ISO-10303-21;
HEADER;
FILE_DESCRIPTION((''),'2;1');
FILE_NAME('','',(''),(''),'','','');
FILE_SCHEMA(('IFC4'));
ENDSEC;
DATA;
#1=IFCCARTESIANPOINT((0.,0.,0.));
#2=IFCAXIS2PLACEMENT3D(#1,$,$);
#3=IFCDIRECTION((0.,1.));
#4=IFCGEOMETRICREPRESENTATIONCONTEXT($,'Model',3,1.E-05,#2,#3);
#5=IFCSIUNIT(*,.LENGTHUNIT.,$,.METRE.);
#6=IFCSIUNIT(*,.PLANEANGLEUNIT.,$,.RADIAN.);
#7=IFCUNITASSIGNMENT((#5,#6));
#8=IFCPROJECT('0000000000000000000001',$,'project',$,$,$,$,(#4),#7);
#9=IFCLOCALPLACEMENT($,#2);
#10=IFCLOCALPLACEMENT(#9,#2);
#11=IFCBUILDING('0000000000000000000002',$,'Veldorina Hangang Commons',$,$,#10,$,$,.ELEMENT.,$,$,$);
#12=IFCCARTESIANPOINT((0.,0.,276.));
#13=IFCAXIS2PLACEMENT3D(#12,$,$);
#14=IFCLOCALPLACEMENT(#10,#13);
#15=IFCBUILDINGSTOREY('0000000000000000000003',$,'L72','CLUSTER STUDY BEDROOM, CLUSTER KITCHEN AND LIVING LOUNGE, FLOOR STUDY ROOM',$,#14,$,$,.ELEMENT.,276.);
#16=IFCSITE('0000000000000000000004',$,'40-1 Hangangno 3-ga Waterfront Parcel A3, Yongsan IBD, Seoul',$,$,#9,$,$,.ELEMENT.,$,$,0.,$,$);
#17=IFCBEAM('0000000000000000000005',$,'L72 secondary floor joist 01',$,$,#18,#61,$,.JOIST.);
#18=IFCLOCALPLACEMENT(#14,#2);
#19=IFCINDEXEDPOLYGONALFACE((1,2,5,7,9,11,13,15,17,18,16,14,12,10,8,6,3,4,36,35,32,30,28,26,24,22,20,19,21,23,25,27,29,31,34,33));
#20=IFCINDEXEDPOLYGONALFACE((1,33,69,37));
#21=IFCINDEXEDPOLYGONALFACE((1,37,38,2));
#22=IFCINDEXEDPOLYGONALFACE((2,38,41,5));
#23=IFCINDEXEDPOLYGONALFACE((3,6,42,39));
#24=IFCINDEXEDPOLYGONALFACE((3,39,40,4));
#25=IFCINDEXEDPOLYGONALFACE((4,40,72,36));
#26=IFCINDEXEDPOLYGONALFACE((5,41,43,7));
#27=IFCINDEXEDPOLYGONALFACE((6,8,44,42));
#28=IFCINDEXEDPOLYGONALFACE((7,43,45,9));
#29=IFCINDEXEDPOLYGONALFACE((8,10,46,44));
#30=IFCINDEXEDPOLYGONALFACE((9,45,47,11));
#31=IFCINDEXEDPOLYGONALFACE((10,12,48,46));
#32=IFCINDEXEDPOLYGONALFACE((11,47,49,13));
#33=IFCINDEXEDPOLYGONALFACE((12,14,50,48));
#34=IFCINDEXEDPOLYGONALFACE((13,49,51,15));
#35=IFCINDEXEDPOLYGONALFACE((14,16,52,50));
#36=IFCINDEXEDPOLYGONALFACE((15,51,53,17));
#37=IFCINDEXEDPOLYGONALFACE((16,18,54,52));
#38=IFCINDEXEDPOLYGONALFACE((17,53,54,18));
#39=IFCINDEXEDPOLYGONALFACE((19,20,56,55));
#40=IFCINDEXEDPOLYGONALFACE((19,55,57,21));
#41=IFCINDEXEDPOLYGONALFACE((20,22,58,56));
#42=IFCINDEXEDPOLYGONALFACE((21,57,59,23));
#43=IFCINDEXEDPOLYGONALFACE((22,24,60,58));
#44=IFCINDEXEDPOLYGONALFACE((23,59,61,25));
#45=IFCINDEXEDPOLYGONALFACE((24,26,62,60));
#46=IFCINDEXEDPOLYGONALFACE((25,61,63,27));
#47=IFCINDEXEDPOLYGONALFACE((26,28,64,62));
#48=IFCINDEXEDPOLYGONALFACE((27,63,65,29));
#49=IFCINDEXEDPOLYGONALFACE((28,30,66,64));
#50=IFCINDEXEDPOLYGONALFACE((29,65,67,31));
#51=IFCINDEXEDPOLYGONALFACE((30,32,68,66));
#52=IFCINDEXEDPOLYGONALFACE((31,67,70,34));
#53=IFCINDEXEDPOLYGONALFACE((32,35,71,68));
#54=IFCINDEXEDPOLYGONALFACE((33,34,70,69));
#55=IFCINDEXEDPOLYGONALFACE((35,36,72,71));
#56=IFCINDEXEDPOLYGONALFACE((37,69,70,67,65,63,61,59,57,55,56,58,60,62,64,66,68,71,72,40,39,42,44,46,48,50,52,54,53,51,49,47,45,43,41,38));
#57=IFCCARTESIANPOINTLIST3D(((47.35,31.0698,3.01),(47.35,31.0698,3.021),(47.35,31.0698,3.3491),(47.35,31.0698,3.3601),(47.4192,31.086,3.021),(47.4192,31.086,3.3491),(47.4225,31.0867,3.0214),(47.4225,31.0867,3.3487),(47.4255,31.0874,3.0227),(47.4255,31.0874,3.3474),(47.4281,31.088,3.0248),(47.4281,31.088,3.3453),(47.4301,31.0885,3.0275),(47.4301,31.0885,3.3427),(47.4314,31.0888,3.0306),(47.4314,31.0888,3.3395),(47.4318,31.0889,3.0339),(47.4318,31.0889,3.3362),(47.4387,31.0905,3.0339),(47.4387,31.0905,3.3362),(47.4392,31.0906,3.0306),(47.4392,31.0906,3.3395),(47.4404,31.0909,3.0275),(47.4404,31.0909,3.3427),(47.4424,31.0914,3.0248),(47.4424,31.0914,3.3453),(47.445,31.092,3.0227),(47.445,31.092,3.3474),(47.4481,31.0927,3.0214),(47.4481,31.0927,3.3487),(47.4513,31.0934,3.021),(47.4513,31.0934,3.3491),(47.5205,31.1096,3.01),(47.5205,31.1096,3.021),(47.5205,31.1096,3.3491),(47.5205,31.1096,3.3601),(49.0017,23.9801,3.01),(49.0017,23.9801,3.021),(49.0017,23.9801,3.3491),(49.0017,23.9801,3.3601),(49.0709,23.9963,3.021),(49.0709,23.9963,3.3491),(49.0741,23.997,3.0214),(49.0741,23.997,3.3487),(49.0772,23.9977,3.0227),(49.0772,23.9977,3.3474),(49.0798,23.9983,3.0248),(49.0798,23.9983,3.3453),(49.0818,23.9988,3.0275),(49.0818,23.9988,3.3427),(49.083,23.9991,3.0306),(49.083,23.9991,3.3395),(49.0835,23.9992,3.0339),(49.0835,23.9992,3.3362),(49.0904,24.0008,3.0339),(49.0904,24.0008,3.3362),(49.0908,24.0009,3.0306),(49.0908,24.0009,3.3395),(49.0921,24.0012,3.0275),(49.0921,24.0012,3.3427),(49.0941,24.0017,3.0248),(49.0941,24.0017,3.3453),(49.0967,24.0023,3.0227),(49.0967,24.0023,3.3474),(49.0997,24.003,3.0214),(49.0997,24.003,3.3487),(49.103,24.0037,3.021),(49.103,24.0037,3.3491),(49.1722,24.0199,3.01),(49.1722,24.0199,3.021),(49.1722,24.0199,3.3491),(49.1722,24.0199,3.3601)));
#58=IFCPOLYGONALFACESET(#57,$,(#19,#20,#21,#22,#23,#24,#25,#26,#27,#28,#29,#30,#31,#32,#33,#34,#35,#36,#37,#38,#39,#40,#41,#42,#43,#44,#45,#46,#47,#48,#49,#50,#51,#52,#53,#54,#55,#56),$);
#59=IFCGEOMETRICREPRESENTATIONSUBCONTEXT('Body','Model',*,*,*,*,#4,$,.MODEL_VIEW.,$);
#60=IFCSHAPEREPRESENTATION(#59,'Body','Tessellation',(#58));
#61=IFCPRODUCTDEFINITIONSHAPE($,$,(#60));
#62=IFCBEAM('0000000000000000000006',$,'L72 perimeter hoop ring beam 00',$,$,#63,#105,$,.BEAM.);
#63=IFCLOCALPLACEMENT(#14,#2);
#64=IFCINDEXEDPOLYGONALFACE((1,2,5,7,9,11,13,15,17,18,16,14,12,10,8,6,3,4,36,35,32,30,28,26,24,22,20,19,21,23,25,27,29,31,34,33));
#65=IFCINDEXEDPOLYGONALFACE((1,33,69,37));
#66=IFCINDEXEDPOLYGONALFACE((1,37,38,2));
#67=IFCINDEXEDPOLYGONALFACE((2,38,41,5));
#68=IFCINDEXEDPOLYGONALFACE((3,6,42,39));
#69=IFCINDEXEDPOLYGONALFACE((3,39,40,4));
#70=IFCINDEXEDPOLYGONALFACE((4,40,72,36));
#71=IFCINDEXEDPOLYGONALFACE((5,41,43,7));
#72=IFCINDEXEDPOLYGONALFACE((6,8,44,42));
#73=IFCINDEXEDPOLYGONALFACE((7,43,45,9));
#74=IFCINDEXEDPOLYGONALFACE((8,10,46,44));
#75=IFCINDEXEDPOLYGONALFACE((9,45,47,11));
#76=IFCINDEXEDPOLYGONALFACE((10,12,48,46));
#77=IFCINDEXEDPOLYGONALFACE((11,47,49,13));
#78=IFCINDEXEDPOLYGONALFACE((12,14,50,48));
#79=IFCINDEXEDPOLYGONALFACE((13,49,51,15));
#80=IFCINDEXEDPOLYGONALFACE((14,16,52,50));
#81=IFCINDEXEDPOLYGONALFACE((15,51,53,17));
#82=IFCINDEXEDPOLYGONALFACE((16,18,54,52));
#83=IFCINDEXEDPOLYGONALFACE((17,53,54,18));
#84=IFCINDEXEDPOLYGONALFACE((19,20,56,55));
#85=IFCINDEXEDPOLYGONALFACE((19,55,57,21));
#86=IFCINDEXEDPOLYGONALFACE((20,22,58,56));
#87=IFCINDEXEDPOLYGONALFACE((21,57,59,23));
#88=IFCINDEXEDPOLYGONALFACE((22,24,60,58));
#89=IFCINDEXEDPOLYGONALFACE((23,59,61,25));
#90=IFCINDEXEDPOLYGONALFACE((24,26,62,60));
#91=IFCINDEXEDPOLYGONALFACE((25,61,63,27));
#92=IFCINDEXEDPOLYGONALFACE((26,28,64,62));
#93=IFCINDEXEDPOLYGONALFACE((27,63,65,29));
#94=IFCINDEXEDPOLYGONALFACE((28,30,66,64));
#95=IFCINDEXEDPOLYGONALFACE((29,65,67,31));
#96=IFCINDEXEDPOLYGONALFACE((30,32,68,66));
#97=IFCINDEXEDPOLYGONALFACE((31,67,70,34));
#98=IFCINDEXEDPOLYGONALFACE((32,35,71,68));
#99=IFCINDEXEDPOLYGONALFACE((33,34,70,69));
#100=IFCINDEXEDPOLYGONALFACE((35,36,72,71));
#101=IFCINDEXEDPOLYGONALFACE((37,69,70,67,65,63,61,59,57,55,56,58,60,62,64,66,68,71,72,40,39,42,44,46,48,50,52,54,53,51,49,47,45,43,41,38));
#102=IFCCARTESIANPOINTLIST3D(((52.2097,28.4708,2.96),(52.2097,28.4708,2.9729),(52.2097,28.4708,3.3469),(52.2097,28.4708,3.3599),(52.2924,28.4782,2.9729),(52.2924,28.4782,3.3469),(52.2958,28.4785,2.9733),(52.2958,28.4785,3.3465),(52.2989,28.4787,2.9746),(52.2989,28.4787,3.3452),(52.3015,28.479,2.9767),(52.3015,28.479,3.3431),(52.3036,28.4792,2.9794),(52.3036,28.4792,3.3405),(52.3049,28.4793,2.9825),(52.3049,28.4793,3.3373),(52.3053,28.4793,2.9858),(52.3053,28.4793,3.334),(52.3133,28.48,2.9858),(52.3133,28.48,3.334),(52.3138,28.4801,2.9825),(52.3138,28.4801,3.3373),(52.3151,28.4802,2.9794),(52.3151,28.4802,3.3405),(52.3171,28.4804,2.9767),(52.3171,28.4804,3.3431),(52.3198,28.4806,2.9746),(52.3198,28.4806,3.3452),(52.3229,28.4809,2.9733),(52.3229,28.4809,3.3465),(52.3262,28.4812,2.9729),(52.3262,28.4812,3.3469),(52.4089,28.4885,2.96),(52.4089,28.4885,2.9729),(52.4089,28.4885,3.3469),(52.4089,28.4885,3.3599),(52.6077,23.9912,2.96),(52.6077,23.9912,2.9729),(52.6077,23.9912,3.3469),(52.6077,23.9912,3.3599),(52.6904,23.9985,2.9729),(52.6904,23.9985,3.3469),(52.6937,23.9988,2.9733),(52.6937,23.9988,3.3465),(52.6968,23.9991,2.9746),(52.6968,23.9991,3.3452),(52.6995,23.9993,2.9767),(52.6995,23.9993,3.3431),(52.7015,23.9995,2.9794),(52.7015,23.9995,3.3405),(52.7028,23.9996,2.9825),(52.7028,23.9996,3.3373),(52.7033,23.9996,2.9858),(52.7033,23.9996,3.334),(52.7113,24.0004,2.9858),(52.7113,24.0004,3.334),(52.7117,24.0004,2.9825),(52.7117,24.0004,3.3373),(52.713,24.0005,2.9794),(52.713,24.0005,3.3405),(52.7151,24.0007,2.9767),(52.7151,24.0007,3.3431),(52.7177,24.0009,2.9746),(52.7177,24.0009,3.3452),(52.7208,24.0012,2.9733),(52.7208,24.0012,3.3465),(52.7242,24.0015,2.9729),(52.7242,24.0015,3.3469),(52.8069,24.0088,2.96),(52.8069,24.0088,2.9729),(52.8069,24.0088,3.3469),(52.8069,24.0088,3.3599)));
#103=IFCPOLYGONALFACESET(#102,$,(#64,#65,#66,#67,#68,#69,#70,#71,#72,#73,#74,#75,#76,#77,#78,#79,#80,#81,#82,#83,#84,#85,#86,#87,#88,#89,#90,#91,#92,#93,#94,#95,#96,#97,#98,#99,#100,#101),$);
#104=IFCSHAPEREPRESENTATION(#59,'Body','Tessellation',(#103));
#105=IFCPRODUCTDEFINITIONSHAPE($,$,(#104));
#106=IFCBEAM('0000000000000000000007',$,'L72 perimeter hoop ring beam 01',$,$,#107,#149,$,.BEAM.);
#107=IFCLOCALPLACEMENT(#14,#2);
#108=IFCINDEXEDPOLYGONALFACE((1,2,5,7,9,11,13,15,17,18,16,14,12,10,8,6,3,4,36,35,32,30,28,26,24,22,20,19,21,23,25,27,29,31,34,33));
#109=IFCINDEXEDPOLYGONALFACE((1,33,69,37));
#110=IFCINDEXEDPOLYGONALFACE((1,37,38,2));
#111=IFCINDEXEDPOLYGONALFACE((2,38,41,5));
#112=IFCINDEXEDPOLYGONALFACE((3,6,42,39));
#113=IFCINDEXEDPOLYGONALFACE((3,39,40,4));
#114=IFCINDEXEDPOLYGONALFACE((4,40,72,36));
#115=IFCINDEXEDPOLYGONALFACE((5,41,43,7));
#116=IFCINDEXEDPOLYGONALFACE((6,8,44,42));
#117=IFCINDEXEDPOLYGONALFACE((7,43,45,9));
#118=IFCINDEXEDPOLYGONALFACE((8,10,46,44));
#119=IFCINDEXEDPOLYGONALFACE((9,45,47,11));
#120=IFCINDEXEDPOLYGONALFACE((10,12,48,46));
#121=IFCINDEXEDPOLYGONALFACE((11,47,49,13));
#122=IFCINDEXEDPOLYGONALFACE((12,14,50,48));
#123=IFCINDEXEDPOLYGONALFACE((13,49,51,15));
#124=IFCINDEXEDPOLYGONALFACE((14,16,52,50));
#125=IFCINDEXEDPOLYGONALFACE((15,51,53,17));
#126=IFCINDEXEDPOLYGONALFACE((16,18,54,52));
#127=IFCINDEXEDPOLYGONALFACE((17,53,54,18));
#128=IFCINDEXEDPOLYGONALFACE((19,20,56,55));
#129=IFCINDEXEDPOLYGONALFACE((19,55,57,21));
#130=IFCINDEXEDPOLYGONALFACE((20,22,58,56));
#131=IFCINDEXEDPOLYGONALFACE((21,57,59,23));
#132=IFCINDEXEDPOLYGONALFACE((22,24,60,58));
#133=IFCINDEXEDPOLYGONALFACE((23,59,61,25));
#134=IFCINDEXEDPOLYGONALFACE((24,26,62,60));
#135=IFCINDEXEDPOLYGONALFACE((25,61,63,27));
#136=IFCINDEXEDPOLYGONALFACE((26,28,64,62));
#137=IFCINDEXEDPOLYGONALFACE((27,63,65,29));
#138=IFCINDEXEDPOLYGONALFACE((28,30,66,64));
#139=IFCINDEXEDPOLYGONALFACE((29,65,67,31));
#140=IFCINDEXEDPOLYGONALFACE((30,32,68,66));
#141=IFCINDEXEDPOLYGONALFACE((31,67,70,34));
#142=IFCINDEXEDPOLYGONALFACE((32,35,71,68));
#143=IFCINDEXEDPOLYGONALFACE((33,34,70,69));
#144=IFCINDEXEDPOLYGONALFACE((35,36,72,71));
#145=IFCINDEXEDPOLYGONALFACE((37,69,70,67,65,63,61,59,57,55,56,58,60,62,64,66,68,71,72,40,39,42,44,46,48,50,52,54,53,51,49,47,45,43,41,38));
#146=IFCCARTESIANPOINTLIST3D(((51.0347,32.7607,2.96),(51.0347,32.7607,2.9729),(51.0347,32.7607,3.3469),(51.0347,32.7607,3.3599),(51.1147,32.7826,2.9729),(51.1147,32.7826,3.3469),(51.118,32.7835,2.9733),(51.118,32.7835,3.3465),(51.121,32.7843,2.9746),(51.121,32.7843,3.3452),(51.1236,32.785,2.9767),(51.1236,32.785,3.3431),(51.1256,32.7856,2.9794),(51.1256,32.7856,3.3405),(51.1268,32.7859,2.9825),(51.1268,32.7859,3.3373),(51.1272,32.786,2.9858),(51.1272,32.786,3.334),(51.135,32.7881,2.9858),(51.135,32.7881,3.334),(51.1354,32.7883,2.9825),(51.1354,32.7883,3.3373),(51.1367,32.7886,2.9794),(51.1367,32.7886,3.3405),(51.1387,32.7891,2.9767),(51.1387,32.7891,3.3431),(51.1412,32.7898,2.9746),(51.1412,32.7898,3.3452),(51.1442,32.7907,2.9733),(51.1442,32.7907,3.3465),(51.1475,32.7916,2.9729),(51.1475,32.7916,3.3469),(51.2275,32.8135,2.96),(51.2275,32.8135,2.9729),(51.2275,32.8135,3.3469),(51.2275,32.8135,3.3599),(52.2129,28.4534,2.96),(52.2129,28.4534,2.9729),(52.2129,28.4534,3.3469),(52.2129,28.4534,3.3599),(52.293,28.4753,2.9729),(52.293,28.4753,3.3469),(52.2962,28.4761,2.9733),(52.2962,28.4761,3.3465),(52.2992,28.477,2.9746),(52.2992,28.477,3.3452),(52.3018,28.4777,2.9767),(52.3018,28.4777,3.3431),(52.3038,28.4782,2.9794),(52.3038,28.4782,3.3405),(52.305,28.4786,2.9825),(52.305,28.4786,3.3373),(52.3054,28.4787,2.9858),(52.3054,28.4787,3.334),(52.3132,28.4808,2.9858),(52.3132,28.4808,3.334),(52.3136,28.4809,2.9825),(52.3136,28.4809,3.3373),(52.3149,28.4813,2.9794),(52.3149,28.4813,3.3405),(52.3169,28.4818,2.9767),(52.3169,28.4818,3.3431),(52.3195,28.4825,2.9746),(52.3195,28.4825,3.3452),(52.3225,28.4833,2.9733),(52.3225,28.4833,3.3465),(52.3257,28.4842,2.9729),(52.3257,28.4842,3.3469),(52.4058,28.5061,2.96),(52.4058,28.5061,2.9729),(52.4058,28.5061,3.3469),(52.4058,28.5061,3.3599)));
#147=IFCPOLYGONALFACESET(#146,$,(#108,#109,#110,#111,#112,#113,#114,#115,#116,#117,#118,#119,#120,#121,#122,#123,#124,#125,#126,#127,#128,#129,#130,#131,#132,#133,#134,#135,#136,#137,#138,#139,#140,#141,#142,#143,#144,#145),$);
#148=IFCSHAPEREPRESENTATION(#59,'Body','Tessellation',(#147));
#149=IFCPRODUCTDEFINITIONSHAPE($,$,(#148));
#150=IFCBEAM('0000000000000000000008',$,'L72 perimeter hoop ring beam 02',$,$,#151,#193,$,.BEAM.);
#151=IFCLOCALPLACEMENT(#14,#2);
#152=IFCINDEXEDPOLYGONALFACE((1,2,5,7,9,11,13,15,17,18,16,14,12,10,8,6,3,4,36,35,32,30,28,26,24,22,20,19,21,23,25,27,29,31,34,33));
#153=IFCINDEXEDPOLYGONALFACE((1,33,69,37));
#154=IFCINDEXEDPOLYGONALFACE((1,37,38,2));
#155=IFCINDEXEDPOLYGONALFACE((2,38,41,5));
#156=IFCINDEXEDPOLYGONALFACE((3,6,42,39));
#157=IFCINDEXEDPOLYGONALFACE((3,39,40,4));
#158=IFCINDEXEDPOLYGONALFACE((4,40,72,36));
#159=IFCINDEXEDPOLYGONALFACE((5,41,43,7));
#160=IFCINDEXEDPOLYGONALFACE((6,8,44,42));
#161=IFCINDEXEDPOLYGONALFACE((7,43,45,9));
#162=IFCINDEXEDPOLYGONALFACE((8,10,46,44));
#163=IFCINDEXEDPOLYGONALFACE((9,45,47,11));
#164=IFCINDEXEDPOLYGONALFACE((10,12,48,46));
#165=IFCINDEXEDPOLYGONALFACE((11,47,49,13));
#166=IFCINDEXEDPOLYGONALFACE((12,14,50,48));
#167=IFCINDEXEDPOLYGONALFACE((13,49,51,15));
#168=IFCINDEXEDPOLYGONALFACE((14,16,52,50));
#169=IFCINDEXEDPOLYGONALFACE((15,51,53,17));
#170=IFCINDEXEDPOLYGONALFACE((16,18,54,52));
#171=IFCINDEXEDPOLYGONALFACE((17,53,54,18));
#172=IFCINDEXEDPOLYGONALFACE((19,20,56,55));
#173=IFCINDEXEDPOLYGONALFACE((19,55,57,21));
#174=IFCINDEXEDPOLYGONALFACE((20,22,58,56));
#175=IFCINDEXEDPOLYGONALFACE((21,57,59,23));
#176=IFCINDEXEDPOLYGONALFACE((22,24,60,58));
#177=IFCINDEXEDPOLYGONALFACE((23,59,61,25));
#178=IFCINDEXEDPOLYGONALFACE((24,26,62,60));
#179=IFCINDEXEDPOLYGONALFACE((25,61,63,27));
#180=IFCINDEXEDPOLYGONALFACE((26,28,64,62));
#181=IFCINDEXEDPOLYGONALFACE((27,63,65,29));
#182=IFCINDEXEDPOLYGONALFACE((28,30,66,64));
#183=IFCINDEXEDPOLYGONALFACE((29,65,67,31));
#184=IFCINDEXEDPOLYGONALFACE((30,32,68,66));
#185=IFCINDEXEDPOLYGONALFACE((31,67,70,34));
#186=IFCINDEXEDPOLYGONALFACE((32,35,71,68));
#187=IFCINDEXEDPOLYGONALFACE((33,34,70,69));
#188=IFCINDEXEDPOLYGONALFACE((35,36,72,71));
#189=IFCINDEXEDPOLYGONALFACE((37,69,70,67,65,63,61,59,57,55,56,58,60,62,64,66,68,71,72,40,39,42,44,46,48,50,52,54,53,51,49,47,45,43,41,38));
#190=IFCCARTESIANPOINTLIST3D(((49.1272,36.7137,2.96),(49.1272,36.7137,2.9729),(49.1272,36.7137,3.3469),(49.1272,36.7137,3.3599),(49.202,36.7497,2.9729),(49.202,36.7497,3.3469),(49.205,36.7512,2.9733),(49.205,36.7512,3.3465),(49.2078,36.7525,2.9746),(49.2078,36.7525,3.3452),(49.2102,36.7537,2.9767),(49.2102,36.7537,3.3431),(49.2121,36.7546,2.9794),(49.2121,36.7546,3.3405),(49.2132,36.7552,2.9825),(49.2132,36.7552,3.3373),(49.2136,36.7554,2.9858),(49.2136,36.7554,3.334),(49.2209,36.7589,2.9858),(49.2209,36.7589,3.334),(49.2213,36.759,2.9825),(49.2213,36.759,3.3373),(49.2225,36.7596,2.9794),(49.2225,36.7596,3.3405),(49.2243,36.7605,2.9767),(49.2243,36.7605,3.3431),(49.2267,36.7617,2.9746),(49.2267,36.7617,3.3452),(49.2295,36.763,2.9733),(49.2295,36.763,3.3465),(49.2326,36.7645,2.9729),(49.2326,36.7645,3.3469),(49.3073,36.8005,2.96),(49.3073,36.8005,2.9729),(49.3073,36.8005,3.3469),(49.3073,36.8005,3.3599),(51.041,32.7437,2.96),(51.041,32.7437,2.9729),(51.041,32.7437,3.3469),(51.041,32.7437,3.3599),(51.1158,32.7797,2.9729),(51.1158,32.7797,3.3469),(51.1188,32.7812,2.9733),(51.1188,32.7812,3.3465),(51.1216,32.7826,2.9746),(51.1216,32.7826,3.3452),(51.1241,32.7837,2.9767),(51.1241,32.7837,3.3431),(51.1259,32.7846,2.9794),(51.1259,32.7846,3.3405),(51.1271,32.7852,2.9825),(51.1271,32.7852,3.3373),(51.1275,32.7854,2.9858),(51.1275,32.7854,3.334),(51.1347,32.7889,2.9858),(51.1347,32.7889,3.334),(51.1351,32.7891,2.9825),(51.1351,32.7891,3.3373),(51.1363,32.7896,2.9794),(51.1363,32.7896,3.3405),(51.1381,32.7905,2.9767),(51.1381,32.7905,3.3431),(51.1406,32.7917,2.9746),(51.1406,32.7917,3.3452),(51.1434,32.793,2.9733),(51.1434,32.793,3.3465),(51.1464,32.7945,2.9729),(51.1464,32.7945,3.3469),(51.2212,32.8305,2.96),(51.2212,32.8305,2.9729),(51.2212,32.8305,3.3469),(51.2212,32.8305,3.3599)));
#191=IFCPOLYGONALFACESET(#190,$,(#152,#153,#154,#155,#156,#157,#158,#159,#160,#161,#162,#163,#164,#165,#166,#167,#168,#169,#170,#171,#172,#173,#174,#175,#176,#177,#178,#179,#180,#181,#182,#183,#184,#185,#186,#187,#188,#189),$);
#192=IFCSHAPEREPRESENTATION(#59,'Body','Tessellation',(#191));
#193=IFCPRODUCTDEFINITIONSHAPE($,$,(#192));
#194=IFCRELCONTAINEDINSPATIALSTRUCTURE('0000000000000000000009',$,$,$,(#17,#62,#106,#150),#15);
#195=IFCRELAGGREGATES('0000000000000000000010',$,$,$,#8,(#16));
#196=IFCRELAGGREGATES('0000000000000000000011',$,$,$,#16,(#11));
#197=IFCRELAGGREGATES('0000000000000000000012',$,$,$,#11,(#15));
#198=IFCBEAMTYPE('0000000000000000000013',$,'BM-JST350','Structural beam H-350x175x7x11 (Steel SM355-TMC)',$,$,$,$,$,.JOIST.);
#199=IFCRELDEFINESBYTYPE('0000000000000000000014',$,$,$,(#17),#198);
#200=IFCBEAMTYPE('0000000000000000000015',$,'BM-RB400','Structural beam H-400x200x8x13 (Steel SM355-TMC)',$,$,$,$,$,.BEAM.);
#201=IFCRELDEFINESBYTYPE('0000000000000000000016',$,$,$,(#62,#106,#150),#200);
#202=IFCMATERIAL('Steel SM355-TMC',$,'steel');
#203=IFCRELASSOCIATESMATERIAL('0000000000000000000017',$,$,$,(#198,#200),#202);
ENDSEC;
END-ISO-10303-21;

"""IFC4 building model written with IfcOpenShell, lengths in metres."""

from ifc_helpers import new_model, si_unit, direction, frame, origin, origin_2d, place, context, subcontext, project, spatial, i_section, extrude, material, material_profile, profile_set, type_object, element, save


model = new_model("IFC4")

# Units and contexts
model_context = context("Model", 3, precision=1e-05, world=origin(), true_north=direction((0.0, 1.0)))
body_context = subcontext(model_context, "Body", "Model", "MODEL_VIEW")
ifc_project = project(units=[si_unit("LENGTHUNIT", "METRE"), si_unit("PLANEANGLEUNIT", "RADIAN")], contexts=[model_context])

# Site, building, storey
site_placement = place(None, origin())
site = spatial("IfcSite", under=ifc_project, at=site_placement, Name="40-1 Hangangno 3-ga Waterfront Parcel A3, Yongsan IBD, Seoul", CompositionType="ELEMENT", RefElevation=0.0)
building_placement = place(site_placement, origin())
building = spatial("IfcBuilding", under=site, at=building_placement, Name="Veldorina Hangang Commons", CompositionType="ELEMENT")
storey_placement = place(building_placement, frame((0.0, 0.0, 276.0)))
storey = spatial("IfcBuildingStorey", under=building, at=storey_placement, Name="L72", Description="CLUSTER STUDY BEDROOM, CLUSTER KITCHEN AND LIVING LOUNGE, FLOOR STUDY ROOM", CompositionType="ELEMENT", Elevation=276.0)

# Beams
ifc_material_1 = material(Name="Steel SM355-TMC", Category="steel")
ifc_material_profile_1 = material_profile(ifc_material_1, i_section(OverallWidth=0.175, OverallDepth=0.3501, WebThickness=0.0071, FlangeThickness=0.011, FilletRadius=0.0129, at=origin_2d()), Name="H-350x175x7x11")
ifc_profile_set_1 = profile_set([ifc_material_profile_1], Name="Steel SM355-TMC")
beam_type_1 = type_object("IfcBeamType", Name="BM-JST350", Description="Structural beam H-350x175x7x11 (Steel SM355-TMC)", PredefinedType="JOIST", material=ifc_profile_set_1)
beam_1_placement = place(storey_placement, frame((49.0869, 24.0, 3.1851), z_axis=(-0.226887, 0.973921, 0.0), x_axis=(-0.973921, -0.226887, 0.0)))
element("IfcBeam", 1, at=beam_1_placement, inside=storey, type_object=beam_type_1, Name="L72 secondary floor joist 01", PredefinedType="JOIST", context=body_context, shape_type="SweptSolid", body=[
    extrude(i_section(OverallWidth=0.175, OverallDepth=0.3501, WebThickness=0.0071, FlangeThickness=0.011, FilletRadius=0.0129, at=origin_2d()), origin(), (0.0, 0.0, 1.0), 7.2795),
])
ifc_material_profile_2 = material_profile(ifc_material_1, i_section(OverallWidth=0.2, OverallDepth=0.3999, WebThickness=0.0081, FlangeThickness=0.0129, FilletRadius=0.0129, at=origin_2d()), Name="H-400x200x8x13")
ifc_profile_set_2 = profile_set([ifc_material_profile_2], Name="Steel SM355-TMC")
beam_type_2 = type_object("IfcBeamType", Name="BM-RB400", Description="Structural beam H-400x200x8x13 (Steel SM355-TMC)", PredefinedType="BEAM", material=ifc_profile_set_2)
beam_2_placement = place(storey_placement, frame((52.7073, 24.0, 3.1599), z_axis=(-0.088485, 0.996078, 0.0), x_axis=(-0.996078, -0.088485, 0.0)))
element("IfcBeam", 2, at=beam_2_placement, inside=storey, type_object=beam_type_2, Name="L72 perimeter hoop ring beam 00", PredefinedType="BEAM", context=body_context, shape_type="SweptSolid", body=[
    extrude(i_section(OverallWidth=0.2, OverallDepth=0.3999, WebThickness=0.0081, FlangeThickness=0.0129, FilletRadius=0.0129, at=origin_2d()), origin(), (0.0, 0.0, 1.0), 4.4973),
])
beam_3_placement = place(storey_placement, frame((52.3093, 28.4797, 3.1599), z_axis=(-0.263844, 0.964565, 0.0), x_axis=(-0.964565, -0.263844, 0.0)))
element("IfcBeam", 3, at=beam_3_placement, inside=storey, type_object=beam_type_2, Name="L72 perimeter hoop ring beam 01", PredefinedType="BEAM", context=body_context, shape_type="SweptSolid", body=[
    extrude(i_section(OverallWidth=0.2, OverallDepth=0.3999, WebThickness=0.0081, FlangeThickness=0.0129, FilletRadius=0.0129, at=origin_2d()), origin(), (0.0, 0.0, 1.0), 4.4656),
])
beam_4_placement = place(storey_placement, frame((51.1311, 32.7871, 3.1599), z_axis=(-0.434249, 0.900793, 0.0), x_axis=(-0.900793, -0.434249, 0.0)))
element("IfcBeam", 4, at=beam_4_placement, inside=storey, type_object=beam_type_2, Name="L72 perimeter hoop ring beam 02", PredefinedType="BEAM", context=body_context, shape_type="SweptSolid", body=[
    extrude(i_section(OverallWidth=0.2, OverallDepth=0.3999, WebThickness=0.0081, FlangeThickness=0.0129, FilletRadius=0.0129, at=origin_2d()), origin(), (0.0, 0.0, 1.0), 4.4072),
])

save(model, "model.ifc")
